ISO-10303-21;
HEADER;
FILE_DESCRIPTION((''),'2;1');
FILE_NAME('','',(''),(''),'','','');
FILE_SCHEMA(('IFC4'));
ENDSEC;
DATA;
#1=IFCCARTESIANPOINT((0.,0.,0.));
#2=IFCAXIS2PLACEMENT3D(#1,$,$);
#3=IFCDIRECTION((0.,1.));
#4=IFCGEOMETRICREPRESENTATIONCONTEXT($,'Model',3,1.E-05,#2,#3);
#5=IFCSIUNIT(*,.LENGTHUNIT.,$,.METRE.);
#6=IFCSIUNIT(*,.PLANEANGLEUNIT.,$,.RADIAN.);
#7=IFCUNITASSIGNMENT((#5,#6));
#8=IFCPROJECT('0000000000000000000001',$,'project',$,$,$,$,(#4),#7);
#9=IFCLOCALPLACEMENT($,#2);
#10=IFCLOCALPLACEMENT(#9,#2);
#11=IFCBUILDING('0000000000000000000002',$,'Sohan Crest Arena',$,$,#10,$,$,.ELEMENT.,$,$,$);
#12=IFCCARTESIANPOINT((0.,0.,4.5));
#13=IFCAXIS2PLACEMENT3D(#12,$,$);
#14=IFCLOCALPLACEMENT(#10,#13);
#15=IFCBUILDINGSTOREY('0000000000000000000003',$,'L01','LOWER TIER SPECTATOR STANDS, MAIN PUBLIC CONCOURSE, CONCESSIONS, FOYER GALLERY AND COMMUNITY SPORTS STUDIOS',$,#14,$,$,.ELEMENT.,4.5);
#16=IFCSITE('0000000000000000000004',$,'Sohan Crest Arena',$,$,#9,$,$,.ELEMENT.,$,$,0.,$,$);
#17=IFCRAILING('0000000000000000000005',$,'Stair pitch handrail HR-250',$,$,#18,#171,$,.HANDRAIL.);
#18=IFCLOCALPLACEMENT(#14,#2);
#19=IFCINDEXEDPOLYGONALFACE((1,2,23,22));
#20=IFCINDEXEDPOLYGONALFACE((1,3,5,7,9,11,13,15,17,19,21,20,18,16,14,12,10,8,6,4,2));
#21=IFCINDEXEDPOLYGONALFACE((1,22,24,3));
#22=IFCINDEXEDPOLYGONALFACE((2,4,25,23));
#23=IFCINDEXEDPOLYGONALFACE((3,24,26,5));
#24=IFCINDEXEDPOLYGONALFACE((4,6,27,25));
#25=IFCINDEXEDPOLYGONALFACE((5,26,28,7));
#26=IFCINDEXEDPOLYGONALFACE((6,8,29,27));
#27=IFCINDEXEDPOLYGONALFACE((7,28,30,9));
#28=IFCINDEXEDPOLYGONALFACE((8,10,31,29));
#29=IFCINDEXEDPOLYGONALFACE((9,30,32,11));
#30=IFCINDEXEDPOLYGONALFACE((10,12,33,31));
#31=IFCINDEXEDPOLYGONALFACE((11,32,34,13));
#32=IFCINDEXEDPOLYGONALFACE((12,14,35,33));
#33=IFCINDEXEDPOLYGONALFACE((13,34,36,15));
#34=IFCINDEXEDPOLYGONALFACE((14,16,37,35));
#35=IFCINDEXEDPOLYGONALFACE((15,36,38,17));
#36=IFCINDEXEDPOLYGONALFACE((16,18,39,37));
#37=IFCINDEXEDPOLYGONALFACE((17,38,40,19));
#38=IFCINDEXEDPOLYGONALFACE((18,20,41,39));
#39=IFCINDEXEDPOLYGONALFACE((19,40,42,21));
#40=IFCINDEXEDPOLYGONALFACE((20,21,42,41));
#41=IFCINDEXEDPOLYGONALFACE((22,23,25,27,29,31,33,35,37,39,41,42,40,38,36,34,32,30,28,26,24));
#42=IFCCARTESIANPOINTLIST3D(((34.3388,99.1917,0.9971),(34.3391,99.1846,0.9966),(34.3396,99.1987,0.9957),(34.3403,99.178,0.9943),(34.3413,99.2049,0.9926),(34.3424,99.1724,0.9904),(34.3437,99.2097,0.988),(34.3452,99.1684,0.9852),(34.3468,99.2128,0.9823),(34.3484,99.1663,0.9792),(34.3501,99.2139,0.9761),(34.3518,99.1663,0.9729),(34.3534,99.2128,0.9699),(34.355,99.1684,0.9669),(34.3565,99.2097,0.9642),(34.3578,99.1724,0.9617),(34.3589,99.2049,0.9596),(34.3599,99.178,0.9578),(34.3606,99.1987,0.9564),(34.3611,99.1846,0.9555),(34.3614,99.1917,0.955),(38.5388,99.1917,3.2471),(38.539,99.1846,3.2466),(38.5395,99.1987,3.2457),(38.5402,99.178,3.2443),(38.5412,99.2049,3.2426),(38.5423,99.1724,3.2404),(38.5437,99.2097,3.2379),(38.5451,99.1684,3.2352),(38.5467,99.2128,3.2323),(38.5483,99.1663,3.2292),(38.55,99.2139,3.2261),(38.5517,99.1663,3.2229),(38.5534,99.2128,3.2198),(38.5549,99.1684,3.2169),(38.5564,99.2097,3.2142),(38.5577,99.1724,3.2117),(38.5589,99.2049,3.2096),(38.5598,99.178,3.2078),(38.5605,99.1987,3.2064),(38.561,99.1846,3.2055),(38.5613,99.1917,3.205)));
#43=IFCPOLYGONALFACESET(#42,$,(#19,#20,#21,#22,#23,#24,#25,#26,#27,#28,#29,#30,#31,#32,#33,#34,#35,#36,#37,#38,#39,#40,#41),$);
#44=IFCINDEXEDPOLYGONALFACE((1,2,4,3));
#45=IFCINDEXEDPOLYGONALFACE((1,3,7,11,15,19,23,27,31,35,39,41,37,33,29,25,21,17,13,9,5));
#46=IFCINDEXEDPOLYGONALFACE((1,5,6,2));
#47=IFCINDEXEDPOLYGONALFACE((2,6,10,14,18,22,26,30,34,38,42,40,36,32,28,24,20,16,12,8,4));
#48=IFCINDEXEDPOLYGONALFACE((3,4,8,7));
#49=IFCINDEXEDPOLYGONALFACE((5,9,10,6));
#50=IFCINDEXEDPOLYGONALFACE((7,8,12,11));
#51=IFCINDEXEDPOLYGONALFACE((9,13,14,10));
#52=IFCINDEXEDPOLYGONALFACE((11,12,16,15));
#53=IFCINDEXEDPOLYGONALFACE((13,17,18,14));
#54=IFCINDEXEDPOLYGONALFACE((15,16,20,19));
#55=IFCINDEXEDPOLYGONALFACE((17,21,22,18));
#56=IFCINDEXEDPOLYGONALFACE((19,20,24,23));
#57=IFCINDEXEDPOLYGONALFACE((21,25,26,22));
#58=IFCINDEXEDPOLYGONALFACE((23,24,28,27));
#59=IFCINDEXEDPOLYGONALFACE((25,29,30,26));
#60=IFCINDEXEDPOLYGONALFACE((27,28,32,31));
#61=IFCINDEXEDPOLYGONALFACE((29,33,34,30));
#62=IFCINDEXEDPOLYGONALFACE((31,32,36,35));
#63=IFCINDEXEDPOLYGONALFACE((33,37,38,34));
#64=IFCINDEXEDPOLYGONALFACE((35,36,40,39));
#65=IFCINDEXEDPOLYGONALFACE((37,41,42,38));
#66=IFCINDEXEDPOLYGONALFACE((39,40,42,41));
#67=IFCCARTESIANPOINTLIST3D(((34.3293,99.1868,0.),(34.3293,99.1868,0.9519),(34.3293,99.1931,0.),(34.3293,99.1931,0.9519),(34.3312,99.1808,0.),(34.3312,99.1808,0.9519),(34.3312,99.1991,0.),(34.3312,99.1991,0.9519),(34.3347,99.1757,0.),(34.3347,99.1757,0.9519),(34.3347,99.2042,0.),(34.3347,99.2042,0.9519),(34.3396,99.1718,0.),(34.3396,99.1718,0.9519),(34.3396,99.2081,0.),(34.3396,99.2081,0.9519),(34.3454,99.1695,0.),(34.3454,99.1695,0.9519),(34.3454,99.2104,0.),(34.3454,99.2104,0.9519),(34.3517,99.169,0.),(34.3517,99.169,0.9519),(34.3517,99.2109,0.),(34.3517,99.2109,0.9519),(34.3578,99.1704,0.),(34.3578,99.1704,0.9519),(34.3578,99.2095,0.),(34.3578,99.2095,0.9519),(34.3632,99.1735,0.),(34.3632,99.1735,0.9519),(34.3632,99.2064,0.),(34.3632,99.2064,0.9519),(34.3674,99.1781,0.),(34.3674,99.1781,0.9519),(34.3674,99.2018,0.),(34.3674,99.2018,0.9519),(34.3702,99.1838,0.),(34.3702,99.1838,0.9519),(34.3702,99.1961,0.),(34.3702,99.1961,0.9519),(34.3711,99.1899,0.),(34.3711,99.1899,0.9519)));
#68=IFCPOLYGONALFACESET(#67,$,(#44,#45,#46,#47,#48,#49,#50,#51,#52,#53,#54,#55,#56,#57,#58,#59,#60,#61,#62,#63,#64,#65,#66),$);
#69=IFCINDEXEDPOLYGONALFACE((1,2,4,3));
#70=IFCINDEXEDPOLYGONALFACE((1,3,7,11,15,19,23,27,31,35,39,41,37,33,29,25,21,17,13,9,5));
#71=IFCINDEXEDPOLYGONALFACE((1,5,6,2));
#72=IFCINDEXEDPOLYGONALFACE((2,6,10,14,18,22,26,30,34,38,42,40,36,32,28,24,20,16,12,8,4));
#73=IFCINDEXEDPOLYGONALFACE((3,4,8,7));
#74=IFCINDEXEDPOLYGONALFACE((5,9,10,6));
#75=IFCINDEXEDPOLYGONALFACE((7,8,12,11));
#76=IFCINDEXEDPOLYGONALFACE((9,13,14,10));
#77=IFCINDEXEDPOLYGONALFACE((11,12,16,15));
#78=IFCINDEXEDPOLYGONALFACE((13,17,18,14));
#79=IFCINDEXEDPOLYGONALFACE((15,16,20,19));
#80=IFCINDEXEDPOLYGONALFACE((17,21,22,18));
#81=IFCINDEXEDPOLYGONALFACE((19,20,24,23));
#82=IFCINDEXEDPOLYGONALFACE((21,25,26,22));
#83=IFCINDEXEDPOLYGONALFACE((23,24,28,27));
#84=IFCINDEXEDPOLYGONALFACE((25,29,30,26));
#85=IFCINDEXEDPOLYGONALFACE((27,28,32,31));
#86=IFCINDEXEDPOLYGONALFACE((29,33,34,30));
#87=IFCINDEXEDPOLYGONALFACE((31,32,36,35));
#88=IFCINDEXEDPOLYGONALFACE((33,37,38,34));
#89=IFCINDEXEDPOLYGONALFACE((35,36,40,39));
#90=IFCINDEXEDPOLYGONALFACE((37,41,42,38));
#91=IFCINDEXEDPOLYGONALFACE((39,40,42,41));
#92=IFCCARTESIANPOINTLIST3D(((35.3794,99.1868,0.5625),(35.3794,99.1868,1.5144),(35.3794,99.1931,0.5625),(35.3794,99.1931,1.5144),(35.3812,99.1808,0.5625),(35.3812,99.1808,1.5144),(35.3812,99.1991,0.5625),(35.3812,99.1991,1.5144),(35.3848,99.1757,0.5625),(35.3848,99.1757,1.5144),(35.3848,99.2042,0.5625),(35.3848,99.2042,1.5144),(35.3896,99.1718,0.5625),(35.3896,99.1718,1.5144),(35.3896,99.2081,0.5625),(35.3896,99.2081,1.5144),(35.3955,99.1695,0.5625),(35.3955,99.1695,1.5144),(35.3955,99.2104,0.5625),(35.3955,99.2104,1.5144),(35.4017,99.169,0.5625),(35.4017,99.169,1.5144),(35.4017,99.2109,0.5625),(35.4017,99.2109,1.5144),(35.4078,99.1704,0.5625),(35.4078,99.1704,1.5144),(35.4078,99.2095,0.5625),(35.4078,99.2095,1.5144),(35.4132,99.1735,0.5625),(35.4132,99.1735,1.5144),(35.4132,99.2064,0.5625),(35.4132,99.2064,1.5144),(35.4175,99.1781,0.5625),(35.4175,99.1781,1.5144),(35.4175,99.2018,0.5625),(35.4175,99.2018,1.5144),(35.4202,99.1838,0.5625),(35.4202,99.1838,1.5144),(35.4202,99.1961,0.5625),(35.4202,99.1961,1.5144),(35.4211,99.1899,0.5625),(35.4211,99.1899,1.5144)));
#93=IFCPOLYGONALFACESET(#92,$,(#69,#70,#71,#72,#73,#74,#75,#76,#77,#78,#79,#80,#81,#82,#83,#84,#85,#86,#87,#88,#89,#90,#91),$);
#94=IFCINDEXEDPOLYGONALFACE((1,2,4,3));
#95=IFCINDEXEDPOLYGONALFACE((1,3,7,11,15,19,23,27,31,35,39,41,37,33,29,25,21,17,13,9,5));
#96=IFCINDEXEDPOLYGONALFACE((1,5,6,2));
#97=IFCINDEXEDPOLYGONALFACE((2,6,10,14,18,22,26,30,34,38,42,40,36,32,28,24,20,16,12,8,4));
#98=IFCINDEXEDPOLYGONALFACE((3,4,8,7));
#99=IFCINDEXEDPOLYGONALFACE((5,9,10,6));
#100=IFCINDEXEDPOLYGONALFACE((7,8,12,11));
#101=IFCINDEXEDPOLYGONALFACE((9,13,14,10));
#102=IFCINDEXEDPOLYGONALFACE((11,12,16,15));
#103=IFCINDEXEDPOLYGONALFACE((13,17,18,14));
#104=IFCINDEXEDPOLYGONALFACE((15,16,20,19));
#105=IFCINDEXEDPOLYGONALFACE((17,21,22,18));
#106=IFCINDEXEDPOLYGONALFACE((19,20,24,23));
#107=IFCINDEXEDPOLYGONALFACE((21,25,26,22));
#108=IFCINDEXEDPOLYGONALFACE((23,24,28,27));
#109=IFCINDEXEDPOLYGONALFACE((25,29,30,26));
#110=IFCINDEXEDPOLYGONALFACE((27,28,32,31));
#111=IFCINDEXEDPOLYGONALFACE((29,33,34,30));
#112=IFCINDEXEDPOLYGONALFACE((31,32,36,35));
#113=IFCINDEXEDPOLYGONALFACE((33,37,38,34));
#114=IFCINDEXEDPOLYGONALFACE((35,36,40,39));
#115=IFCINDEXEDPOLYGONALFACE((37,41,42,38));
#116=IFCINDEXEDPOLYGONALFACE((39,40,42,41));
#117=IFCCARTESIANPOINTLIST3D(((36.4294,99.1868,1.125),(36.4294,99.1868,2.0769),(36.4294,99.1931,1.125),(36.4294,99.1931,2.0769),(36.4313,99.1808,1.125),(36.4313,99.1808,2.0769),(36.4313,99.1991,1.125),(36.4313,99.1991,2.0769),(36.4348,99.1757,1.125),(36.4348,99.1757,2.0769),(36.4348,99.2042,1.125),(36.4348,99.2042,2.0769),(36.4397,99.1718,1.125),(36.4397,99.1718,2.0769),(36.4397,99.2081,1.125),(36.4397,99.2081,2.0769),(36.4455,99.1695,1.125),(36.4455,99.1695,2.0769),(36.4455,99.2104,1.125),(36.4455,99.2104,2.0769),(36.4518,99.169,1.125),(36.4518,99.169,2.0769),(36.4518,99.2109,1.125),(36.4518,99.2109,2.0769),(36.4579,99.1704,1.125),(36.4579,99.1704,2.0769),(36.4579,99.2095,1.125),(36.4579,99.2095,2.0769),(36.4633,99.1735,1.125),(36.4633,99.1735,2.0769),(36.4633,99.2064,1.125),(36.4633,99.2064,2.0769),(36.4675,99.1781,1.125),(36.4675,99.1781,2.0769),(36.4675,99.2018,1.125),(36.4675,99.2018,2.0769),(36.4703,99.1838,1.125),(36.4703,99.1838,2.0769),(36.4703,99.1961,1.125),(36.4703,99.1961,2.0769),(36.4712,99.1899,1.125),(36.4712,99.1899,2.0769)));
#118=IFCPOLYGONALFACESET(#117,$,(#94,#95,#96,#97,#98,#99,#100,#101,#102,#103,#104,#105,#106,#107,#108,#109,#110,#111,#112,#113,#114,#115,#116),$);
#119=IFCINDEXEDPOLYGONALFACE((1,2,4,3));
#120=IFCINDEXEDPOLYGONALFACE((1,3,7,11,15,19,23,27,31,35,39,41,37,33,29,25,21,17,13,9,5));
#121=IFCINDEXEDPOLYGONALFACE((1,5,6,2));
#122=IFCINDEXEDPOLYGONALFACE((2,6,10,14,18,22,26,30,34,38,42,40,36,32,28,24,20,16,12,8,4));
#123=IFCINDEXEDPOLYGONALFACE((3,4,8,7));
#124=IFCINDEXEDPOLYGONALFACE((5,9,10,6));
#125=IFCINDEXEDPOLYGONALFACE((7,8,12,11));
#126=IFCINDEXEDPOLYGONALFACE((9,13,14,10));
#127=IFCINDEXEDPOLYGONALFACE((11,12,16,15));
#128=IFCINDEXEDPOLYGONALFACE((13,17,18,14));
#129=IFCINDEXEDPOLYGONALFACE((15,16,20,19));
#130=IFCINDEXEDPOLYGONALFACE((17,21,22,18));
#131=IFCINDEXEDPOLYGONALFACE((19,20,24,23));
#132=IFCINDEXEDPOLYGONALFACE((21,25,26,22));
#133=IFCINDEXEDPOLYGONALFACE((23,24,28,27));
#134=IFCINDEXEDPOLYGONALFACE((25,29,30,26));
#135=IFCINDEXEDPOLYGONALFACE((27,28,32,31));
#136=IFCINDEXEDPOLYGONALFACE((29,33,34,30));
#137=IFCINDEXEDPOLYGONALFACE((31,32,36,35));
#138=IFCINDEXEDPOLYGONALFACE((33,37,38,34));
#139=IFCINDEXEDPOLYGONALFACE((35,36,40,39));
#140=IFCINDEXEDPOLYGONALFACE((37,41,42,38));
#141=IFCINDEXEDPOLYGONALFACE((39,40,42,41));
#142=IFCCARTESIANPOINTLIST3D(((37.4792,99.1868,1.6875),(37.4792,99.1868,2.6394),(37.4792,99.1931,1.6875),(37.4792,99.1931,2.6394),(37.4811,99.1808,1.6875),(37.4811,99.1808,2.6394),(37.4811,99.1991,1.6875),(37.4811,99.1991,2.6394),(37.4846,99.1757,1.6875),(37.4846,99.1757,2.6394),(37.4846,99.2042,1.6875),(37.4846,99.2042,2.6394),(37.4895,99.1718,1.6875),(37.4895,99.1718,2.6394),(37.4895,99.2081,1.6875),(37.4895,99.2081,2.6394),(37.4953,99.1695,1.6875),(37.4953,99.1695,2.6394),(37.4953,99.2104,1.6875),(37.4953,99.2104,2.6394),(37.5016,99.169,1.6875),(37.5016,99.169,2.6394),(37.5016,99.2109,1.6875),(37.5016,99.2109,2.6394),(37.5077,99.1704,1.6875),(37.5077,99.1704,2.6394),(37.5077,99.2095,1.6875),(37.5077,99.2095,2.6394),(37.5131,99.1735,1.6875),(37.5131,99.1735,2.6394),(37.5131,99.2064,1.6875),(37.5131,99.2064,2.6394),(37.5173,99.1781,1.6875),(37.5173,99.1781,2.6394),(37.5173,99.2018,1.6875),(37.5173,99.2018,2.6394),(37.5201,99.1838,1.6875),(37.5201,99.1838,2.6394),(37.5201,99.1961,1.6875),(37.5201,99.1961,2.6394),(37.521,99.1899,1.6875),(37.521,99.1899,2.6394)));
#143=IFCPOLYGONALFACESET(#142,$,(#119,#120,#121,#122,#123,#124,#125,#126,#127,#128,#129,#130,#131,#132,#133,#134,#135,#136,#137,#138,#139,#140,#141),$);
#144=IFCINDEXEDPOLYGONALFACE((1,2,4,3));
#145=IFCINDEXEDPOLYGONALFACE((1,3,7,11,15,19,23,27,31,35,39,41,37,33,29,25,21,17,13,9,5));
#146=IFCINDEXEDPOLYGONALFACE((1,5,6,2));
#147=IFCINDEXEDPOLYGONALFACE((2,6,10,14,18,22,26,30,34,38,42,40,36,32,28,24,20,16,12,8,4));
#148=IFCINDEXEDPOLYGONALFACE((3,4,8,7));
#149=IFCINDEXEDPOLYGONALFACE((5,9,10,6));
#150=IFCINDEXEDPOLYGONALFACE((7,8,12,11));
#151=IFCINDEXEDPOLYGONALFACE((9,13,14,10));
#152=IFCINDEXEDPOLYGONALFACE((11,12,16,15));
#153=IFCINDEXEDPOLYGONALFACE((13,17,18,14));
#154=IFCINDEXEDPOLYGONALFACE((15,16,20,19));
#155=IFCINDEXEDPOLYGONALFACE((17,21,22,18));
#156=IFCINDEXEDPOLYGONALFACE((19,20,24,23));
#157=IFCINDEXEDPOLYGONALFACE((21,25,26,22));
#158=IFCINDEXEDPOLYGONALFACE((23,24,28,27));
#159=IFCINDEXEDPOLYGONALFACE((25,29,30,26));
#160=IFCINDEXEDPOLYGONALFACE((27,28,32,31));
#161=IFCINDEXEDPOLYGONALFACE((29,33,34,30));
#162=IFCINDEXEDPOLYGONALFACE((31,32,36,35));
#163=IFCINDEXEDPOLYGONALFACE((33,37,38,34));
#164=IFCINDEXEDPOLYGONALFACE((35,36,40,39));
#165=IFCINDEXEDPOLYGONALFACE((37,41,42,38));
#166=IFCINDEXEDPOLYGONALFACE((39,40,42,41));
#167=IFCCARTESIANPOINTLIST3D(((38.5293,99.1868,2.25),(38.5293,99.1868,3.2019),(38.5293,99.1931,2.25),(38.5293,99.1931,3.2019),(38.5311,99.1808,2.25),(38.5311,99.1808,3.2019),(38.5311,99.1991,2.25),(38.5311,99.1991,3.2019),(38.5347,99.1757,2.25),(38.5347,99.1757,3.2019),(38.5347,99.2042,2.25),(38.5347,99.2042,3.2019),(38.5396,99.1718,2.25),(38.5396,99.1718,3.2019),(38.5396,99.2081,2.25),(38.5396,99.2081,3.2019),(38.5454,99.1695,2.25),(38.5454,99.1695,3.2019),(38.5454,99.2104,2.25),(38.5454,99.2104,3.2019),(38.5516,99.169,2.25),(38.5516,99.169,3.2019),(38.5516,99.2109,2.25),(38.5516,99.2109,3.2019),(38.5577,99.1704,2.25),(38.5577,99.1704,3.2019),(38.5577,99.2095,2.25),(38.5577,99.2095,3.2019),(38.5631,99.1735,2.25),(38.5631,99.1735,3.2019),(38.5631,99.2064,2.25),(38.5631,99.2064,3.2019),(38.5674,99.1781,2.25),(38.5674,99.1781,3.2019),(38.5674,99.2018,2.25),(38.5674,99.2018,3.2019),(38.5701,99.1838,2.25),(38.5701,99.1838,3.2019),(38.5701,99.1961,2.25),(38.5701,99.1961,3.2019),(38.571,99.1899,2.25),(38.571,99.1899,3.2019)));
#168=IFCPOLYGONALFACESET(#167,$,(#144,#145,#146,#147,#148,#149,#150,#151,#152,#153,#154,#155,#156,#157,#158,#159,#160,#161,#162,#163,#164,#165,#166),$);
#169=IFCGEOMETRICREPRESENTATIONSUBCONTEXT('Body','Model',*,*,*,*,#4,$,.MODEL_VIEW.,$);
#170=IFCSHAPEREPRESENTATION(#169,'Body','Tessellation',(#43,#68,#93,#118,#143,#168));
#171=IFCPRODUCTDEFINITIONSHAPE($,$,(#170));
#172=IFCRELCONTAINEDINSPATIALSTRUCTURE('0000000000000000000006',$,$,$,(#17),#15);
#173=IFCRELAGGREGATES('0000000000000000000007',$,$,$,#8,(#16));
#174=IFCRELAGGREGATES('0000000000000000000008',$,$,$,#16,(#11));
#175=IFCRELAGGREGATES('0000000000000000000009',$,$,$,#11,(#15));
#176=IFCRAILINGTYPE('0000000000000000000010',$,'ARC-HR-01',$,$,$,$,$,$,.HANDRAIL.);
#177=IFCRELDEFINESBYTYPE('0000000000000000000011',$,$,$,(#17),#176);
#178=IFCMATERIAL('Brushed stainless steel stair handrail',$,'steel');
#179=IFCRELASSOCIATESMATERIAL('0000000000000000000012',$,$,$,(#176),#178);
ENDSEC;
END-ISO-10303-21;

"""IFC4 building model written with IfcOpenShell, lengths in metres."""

from ifc_helpers import new_model, si_unit, direction, frame, origin, origin_2d, place, context, subcontext, project, spatial, circle, extrude, material, type_object, element, save


model = new_model("IFC4")

# Units and contexts
model_context = context("Model", 3, precision=1e-05, world=origin(), true_north=direction((0.0, 1.0)))
body_context = subcontext(model_context, "Body", "Model", "MODEL_VIEW")
ifc_project = project(units=[si_unit("LENGTHUNIT", "METRE"), si_unit("PLANEANGLEUNIT", "RADIAN")], contexts=[model_context])

# Site, building, storey
site_placement = place(None, origin())
site = spatial("IfcSite", under=ifc_project, at=site_placement, Name="Sohan Crest Arena", CompositionType="ELEMENT", RefElevation=0.0)
building_placement = place(site_placement, origin())
building = spatial("IfcBuilding", under=site, at=building_placement, Name="Sohan Crest Arena", CompositionType="ELEMENT")
storey_placement = place(building_placement, frame((0.0, 0.0, 4.5)))
storey = spatial("IfcBuildingStorey", under=building, at=storey_placement, Name="L01", Description="LOWER TIER SPECTATOR STANDS, MAIN PUBLIC CONCOURSE, CONCESSIONS, FOYER GALLERY AND COMMUNITY SPORTS STUDIOS", CompositionType="ELEMENT", Elevation=4.5)

# Railing
ifc_material_1 = material(Name="Brushed stainless steel stair handrail", Category="steel")
railing_type = type_object("IfcRailingType", Name="ARC-HR-01", PredefinedType="HANDRAIL", material=ifc_material_1)
for number, where, name in (
    (1, (34.3501, 99.1899, 0.0), "Stair pitch handrail HR-250"),
):
    element("IfcRailing", number, at=place(storey_placement, frame(where)), inside=storey, type_object=railing_type, Name=name, PredefinedType="HANDRAIL", context=body_context, shape_type="SweptSolid", body=[
        extrude(circle(Radius=0.0239, at=origin_2d()), frame((0.0, 0.0, 0.9761), z_axis=(0.881478, 0.0, 0.472226), x_axis=(0.0, 1.0, 0.0)), (0.0, 0.0, 1.0), 4.7646),
        extrude(circle(Radius=0.021, at=origin_2d()), origin(), (0.0, 0.0, 1.0), 0.9519),
        extrude(circle(Radius=0.021, at=origin_2d()), frame((1.05, 0.0, 0.5625)), (0.0, 0.0, 1.0), 0.9519),
        extrude(circle(Radius=0.021, at=origin_2d()), frame((2.1001, 0.0, 1.125)), (0.0, 0.0, 1.0), 0.9519),
        extrude(circle(Radius=0.021, at=origin_2d()), frame((3.1499, 0.0, 1.6875)), (0.0, 0.0, 1.0), 0.9519),
        extrude(circle(Radius=0.021, at=origin_2d()), frame((4.2, 0.0, 2.25)), (0.0, 0.0, 1.0), 0.9519),
    ])

save(model, "model.ifc")
